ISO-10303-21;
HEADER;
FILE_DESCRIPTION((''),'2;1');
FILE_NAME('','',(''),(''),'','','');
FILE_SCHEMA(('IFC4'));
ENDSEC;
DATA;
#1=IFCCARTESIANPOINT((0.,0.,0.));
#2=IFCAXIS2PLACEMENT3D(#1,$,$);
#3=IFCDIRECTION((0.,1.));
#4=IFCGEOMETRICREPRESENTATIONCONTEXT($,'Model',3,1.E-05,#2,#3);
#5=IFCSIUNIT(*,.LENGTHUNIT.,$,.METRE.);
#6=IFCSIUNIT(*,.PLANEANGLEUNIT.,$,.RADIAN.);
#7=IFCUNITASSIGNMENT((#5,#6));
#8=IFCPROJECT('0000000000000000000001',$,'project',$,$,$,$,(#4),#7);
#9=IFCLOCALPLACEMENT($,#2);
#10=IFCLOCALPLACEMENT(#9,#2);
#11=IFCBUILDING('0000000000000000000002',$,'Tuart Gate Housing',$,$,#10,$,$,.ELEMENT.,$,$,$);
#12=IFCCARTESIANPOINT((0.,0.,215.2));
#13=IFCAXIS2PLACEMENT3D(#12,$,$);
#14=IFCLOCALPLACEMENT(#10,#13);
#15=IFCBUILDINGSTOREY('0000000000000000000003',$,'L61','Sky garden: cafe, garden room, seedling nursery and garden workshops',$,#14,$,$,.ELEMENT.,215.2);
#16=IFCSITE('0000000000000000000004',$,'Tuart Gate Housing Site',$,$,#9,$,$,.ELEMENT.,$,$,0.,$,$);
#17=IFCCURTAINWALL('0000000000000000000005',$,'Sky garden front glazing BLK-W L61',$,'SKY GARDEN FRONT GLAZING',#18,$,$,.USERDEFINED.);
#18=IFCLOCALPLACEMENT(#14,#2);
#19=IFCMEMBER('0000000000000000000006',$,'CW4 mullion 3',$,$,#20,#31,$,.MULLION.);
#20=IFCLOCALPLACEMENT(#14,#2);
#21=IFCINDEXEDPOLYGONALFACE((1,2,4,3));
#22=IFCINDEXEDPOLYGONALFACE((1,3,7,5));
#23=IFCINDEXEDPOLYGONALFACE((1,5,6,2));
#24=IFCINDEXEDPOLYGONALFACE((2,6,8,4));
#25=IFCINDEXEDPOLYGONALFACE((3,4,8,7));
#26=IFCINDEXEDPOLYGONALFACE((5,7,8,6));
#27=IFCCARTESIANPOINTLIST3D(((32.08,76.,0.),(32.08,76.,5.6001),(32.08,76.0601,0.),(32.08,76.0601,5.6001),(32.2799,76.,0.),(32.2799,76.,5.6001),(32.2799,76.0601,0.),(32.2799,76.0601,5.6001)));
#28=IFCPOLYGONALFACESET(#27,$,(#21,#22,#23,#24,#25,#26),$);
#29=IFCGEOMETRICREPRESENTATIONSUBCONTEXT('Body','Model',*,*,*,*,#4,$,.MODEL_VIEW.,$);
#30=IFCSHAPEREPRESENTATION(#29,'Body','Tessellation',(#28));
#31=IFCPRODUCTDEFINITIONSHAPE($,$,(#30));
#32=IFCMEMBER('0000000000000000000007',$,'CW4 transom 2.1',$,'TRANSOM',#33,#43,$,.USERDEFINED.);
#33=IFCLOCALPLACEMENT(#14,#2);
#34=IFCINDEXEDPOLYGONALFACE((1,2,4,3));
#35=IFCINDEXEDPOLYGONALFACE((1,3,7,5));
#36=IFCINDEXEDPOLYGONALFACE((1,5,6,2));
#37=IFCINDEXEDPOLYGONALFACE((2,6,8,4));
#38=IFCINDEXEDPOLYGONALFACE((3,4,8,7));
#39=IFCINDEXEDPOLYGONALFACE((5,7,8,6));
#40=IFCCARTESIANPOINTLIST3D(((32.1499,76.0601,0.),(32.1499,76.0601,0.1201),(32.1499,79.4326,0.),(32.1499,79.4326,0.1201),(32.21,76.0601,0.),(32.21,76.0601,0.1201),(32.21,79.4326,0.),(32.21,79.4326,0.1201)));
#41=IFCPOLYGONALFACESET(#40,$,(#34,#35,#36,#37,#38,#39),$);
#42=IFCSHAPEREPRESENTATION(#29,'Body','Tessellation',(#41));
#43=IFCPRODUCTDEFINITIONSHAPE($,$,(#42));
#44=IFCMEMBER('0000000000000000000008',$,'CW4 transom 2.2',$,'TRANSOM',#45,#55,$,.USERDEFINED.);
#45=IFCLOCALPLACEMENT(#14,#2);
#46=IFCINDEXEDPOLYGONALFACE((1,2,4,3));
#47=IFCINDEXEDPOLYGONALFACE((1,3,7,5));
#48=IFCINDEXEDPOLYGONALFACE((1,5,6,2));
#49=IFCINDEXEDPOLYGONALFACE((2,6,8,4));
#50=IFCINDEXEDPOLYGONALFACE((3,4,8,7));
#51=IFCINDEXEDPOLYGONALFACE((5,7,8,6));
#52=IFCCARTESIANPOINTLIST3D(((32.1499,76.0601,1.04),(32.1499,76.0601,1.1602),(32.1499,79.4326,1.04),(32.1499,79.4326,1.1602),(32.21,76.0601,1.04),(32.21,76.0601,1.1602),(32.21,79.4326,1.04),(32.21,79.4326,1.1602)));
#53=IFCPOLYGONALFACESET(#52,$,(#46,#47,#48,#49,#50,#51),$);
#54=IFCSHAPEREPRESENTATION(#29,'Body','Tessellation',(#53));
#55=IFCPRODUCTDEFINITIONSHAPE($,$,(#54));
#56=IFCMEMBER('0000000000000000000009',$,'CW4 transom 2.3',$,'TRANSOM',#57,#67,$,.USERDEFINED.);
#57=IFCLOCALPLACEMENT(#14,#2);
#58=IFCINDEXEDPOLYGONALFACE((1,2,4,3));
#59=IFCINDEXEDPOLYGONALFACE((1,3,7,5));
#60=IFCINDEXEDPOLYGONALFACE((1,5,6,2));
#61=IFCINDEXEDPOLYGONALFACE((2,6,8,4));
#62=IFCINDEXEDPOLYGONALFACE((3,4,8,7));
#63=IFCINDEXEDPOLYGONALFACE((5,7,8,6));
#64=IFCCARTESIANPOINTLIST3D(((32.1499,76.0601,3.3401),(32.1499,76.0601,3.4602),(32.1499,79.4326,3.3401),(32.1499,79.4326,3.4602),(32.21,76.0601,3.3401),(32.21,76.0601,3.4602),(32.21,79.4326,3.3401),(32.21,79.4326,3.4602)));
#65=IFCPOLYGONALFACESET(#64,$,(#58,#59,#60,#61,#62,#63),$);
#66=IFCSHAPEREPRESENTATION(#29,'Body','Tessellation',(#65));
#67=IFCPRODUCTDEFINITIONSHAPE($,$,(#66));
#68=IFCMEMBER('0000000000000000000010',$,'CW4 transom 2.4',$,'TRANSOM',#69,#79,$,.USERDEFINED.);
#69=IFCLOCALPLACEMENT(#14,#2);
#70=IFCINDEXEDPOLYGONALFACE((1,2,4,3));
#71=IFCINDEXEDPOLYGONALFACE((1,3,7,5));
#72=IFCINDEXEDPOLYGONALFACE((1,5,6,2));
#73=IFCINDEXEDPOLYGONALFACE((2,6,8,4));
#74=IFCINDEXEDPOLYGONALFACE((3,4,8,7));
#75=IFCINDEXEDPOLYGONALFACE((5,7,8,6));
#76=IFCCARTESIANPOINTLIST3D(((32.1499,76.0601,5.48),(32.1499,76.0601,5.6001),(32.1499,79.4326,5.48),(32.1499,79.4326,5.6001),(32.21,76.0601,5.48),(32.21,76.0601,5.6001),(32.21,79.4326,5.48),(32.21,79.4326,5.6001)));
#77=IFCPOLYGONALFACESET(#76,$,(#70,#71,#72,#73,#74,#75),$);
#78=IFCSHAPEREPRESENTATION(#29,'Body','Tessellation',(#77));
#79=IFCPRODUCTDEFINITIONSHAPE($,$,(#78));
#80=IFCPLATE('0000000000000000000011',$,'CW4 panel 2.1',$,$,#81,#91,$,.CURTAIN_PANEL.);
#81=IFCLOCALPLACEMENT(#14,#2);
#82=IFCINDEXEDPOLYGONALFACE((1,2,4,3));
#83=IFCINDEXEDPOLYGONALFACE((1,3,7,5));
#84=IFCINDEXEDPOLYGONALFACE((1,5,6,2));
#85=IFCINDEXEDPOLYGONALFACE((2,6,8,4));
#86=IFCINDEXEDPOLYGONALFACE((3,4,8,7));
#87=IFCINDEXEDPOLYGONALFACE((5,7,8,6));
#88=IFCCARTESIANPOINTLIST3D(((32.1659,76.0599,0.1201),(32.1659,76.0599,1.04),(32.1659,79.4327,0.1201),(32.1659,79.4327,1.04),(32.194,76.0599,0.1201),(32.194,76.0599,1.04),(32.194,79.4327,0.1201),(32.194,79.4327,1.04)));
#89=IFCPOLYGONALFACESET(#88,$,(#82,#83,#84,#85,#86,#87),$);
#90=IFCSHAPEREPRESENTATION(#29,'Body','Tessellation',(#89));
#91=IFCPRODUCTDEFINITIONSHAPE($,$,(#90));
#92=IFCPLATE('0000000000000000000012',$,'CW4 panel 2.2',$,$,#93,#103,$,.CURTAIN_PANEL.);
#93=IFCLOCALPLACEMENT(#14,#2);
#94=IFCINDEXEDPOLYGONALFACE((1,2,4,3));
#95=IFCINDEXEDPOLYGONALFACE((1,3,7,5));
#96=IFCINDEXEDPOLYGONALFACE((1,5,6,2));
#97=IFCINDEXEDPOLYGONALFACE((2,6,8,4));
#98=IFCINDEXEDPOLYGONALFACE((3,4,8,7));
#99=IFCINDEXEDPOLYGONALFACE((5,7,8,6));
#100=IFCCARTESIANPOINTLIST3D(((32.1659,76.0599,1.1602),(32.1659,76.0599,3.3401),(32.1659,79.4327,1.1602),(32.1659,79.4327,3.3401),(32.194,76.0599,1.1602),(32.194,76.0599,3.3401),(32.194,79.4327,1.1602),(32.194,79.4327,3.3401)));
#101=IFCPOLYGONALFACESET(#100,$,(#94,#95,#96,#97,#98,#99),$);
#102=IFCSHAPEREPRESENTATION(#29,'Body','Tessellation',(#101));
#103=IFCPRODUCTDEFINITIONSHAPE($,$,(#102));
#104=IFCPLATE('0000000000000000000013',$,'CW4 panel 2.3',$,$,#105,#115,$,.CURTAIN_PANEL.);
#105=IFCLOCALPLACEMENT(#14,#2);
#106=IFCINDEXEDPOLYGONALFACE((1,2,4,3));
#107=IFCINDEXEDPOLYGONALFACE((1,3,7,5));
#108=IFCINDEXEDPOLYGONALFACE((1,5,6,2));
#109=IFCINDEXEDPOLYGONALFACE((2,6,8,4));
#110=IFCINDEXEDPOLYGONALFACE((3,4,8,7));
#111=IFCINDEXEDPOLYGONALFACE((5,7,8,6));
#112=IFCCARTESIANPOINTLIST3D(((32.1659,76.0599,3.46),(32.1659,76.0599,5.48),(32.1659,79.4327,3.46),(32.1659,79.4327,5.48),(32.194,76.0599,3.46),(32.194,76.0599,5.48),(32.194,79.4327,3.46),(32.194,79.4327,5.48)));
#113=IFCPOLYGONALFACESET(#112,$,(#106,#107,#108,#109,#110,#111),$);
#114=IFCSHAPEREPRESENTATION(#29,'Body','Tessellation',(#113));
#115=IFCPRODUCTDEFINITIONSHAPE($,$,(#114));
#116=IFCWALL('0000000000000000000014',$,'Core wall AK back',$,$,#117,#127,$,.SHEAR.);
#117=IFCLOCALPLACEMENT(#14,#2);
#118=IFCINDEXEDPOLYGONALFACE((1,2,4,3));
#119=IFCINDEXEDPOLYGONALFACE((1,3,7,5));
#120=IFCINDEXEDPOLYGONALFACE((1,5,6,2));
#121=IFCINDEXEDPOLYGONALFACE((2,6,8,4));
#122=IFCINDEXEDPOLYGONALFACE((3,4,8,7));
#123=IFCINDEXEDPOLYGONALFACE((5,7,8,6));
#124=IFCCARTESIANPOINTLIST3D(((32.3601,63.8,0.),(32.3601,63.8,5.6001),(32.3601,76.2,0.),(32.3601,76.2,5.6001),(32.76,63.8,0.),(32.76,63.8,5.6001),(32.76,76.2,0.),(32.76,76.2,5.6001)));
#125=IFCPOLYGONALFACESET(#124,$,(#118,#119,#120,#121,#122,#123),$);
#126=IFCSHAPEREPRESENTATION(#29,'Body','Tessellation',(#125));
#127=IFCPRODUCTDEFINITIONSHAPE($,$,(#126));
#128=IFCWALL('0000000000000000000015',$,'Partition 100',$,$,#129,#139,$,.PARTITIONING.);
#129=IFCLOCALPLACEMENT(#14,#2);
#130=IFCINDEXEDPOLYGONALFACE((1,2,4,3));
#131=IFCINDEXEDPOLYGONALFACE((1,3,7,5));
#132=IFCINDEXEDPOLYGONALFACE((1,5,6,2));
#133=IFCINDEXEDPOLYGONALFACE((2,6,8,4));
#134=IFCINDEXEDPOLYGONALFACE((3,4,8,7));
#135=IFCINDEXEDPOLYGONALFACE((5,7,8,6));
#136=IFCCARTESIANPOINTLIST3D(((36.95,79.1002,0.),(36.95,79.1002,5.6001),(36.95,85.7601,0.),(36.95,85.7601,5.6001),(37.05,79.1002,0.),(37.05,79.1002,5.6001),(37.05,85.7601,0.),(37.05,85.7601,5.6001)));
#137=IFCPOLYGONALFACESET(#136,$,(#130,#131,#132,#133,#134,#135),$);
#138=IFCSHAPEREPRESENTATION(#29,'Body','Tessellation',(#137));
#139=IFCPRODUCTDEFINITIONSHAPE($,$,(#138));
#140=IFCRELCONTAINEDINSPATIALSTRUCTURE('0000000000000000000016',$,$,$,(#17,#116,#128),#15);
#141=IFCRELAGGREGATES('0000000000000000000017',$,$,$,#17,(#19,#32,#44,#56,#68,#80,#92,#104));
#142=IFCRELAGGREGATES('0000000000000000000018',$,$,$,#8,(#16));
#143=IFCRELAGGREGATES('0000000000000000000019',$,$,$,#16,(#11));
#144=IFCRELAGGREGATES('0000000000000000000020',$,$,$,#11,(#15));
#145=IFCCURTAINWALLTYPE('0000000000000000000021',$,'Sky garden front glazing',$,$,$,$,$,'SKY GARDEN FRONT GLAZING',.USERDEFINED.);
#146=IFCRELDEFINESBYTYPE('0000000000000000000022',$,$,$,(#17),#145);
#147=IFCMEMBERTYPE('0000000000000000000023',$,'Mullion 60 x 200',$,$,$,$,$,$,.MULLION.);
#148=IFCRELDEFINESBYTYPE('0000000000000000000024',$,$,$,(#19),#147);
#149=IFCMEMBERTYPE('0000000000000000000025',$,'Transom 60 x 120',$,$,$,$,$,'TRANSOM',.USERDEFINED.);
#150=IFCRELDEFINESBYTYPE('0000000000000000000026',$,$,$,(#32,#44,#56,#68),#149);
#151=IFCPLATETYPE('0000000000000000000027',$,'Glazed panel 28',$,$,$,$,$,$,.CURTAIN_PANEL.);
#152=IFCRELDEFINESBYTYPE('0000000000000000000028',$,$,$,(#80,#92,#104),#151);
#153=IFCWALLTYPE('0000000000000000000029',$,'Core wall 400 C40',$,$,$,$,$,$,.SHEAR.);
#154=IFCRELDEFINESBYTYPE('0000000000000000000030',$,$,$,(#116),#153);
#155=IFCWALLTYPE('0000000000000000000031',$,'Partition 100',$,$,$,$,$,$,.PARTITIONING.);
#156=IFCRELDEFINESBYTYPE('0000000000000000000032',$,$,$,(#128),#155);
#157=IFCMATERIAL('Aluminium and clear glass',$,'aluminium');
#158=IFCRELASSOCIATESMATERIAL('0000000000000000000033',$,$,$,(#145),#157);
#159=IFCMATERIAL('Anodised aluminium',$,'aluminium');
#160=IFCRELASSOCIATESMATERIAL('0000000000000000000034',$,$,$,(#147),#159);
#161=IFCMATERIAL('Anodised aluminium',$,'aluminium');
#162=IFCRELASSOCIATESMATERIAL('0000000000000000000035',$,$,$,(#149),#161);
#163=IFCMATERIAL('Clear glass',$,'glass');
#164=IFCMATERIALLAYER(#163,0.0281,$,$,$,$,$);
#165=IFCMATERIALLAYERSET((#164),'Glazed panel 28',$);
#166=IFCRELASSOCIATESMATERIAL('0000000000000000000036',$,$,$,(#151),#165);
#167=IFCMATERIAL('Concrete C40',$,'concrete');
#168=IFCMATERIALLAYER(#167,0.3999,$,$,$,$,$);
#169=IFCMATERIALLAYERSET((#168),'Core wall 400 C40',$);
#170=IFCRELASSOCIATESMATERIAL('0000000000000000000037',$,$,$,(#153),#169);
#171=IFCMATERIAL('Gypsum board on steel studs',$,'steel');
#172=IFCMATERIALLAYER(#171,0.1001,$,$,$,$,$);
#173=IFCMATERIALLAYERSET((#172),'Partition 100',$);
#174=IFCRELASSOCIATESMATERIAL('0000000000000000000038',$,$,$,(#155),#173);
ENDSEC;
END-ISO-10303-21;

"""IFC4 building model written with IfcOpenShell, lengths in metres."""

from ifc_helpers import new_model, si_unit, direction, frame, frame_2d, origin, origin_2d, place, context, subcontext, project, spatial, rectangle, extrude, material, layer, layer_set, material_profile, profile_set, type_object, element, aggregate, save


model = new_model("IFC4")

# Units and contexts
model_context = context("Model", 3, precision=1e-05, world=origin(), true_north=direction((0.0, 1.0)))
body_context = subcontext(model_context, "Body", "Model", "MODEL_VIEW")
ifc_project = project(units=[si_unit("LENGTHUNIT", "METRE"), si_unit("PLANEANGLEUNIT", "RADIAN")], contexts=[model_context])

# Site, building, storey
site_placement = place(None, origin())
site = spatial("IfcSite", under=ifc_project, at=site_placement, Name="Tuart Gate Housing Site", CompositionType="ELEMENT", RefElevation=0.0)
building_placement = place(site_placement, origin())
building = spatial("IfcBuilding", under=site, at=building_placement, Name="Tuart Gate Housing", CompositionType="ELEMENT")
storey_placement = place(building_placement, frame((0.0, 0.0, 215.2)))
storey = spatial("IfcBuildingStorey", under=building, at=storey_placement, Name="L61", Description="Sky garden: cafe, garden room, seedling nursery and garden workshops", CompositionType="ELEMENT", Elevation=215.2)

# Curtain wall, members, plates
ifc_material_1 = material(Name="Aluminium and clear glass", Category="aluminium")
curtain_wall_type = type_object("IfcCurtainWallType", Name="Sky garden front glazing", ElementType="SKY GARDEN FRONT GLAZING", PredefinedType="USERDEFINED", material=ifc_material_1)
curtain_wall_placement = place(storey_placement, origin())
curtain_wall = element("IfcCurtainWall", 1, at=curtain_wall_placement, inside=storey, type_object=curtain_wall_type, Name="Sky garden front glazing BLK-W L61", ObjectType="SKY GARDEN FRONT GLAZING", PredefinedType="USERDEFINED")
ifc_material_2 = material(Name="Anodised aluminium", Category="aluminium")
ifc_material_profile_1 = material_profile(ifc_material_2, rectangle(XDim=0.0601, YDim=0.2, at=origin_2d()), Name="60x200")
ifc_profile_set_1 = profile_set([ifc_material_profile_1], Name="Anodised aluminium")
member_type_1 = type_object("IfcMemberType", Name="Mullion 60 x 200", PredefinedType="MULLION", material=ifc_profile_set_1)
member_1_placement = place(storey_placement, frame((32.1799, 76.03, 0.0), z_axis=(0.0, 0.0, 1.0), x_axis=(0.0, -1.0, 0.0)))
member_1 = element("IfcMember", 2, at=member_1_placement, type_object=member_type_1, Name="CW4 mullion 3", PredefinedType="MULLION", context=body_context, shape_type="SweptSolid", body=[
    extrude(rectangle(XDim=0.0601, YDim=0.2, at=origin_2d()), origin(), (0.0, 0.0, 1.0), 5.6001),
])
ifc_material_3 = material(Name="Anodised aluminium", Category="aluminium")
ifc_material_profile_2 = material_profile(ifc_material_3, rectangle(XDim=0.0601, YDim=0.1201, at=origin_2d()), Name="60x120")
ifc_profile_set_2 = profile_set([ifc_material_profile_2], Name="Anodised aluminium")
member_type_2 = type_object("IfcMemberType", Name="Transom 60 x 120", ElementType="TRANSOM", PredefinedType="USERDEFINED", material=ifc_profile_set_2)
member_2_placement = place(storey_placement, frame((32.1799, 79.4326, 0.0601), z_axis=(0.0, -1.0, 0.0), x_axis=(1.0, 0.0, 0.0)))
member_2 = element("IfcMember", 3, at=member_2_placement, type_object=member_type_2, Name="CW4 transom 2.1", ObjectType="TRANSOM", PredefinedType="USERDEFINED", context=body_context, shape_type="SweptSolid", body=[
    extrude(rectangle(XDim=0.0601, YDim=0.1201, at=origin_2d()), origin(), (0.0, 0.0, 1.0), 3.3726),
])
member_3_placement = place(storey_placement, frame((32.1799, 79.4326, 1.1001), z_axis=(0.0, -1.0, 0.0), x_axis=(1.0, 0.0, 0.0)))
member_3 = element("IfcMember", 4, at=member_3_placement, type_object=member_type_2, Name="CW4 transom 2.2", ObjectType="TRANSOM", PredefinedType="USERDEFINED", context=body_context, shape_type="SweptSolid", body=[
    extrude(rectangle(XDim=0.0601, YDim=0.1201, at=origin_2d()), origin(), (0.0, 0.0, 1.0), 3.3726),
])
member_4_placement = place(storey_placement, frame((32.1799, 79.4326, 3.4001), z_axis=(0.0, -1.0, 0.0), x_axis=(1.0, 0.0, 0.0)))
member_4 = element("IfcMember", 5, at=member_4_placement, type_object=member_type_2, Name="CW4 transom 2.3", ObjectType="TRANSOM", PredefinedType="USERDEFINED", context=body_context, shape_type="SweptSolid", body=[
    extrude(rectangle(XDim=0.0601, YDim=0.1201, at=origin_2d()), origin(), (0.0, 0.0, 1.0), 3.3726),
])
member_5_placement = place(storey_placement, frame((32.1799, 79.4326, 5.54), z_axis=(0.0, -1.0, 0.0), x_axis=(1.0, 0.0, 0.0)))
member_5 = element("IfcMember", 6, at=member_5_placement, type_object=member_type_2, Name="CW4 transom 2.4", ObjectType="TRANSOM", PredefinedType="USERDEFINED", context=body_context, shape_type="SweptSolid", body=[
    extrude(rectangle(XDim=0.0601, YDim=0.1201, at=origin_2d()), origin(), (0.0, 0.0, 1.0), 3.3726),
])
ifc_material_4 = material(Name="Clear glass", Category="glass")
ifc_layer_1 = layer(ifc_material_4, 0.0281)
ifc_layer_set_1 = layer_set([ifc_layer_1], Name="Glazed panel 28")
plate_type = type_object("IfcPlateType", Name="Glazed panel 28", PredefinedType="CURTAIN_PANEL", material=ifc_layer_set_1)
plate_1_placement = place(storey_placement, frame((32.1799, 77.7463, 0.1201), z_axis=(0.0, 0.0, 1.0), x_axis=(0.0, -1.0, 0.0)))
plate_1 = element("IfcPlate", 7, at=plate_1_placement, type_object=plate_type, Name="CW4 panel 2.1", PredefinedType="CURTAIN_PANEL", context=body_context, shape_type="SweptSolid", body=[
    extrude(rectangle(XDim=3.3728, YDim=0.0281, at=origin_2d()), origin(), (0.0, 0.0, 1.0), 0.9199),
])
plate_2_placement = place(storey_placement, frame((32.1799, 77.7463, 1.1602), z_axis=(0.0, 0.0, 1.0), x_axis=(0.0, -1.0, 0.0)))
plate_2 = element("IfcPlate", 8, at=plate_2_placement, type_object=plate_type, Name="CW4 panel 2.2", PredefinedType="CURTAIN_PANEL", context=body_context, shape_type="SweptSolid", body=[
    extrude(rectangle(XDim=3.3728, YDim=0.0281, at=origin_2d()), origin(), (0.0, 0.0, 1.0), 2.1799),
])
plate_3_placement = place(storey_placement, frame((32.1799, 77.7463, 3.46), z_axis=(0.0, 0.0, 1.0), x_axis=(0.0, -1.0, 0.0)))
plate_3 = element("IfcPlate", 9, at=plate_3_placement, type_object=plate_type, Name="CW4 panel 2.3", PredefinedType="CURTAIN_PANEL", context=body_context, shape_type="SweptSolid", body=[
    extrude(rectangle(XDim=3.3728, YDim=0.0281, at=origin_2d()), origin(), (0.0, 0.0, 1.0), 2.02),
])
aggregate(curtain_wall, [member_1, member_2, member_3, member_4, member_5, plate_1, plate_2, plate_3])

# Wall
ifc_material_5 = material(Name="Concrete C40", Category="concrete")
ifc_layer_2 = layer(ifc_material_5, 0.3999)
ifc_layer_set_2 = layer_set([ifc_layer_2], Name="Core wall 400 C40")
wall_type_1 = type_object("IfcWallType", Name="Core wall 400 C40", PredefinedType="SHEAR", material=ifc_layer_set_2)
wall_1_placement = place(storey_placement, frame((32.5601, 76.2, 0.0), z_axis=(0.0, 0.0, 1.0), x_axis=(0.0, -1.0, 0.0)))
element("IfcWall", 10, at=wall_1_placement, inside=storey, type_object=wall_type_1, Name="Core wall AK back", PredefinedType="SHEAR", context=body_context, shape_type="SweptSolid", body=[
    extrude(rectangle(XDim=12.3999, YDim=0.3999, at=frame_2d((6.2, 0.0))), origin(), (0.0, 0.0, 1.0), 5.6001),
])

# Wall
ifc_material_6 = material(Name="Gypsum board on steel studs", Category="steel")
ifc_layer_3 = layer(ifc_material_6, 0.1001)
ifc_layer_set_3 = layer_set([ifc_layer_3], Name="Partition 100")
wall_type_2 = type_object("IfcWallType", Name="Partition 100", PredefinedType="PARTITIONING", material=ifc_layer_set_3)
wall_2_placement = place(storey_placement, frame((37.0, 79.1001, 0.0), z_axis=(0.0, 0.0, 1.0), x_axis=(0.0, 1.0, 0.0)))
element("IfcWall", 11, at=wall_2_placement, inside=storey, type_object=wall_type_2, Name="Partition 100", PredefinedType="PARTITIONING", context=body_context, shape_type="SweptSolid", body=[
    extrude(rectangle(XDim=6.6599, YDim=0.1001, at=frame_2d((3.3301, 0.0))), origin(), (0.0, 0.0, 1.0), 5.6001),
])

save(model, "model.ifc")
